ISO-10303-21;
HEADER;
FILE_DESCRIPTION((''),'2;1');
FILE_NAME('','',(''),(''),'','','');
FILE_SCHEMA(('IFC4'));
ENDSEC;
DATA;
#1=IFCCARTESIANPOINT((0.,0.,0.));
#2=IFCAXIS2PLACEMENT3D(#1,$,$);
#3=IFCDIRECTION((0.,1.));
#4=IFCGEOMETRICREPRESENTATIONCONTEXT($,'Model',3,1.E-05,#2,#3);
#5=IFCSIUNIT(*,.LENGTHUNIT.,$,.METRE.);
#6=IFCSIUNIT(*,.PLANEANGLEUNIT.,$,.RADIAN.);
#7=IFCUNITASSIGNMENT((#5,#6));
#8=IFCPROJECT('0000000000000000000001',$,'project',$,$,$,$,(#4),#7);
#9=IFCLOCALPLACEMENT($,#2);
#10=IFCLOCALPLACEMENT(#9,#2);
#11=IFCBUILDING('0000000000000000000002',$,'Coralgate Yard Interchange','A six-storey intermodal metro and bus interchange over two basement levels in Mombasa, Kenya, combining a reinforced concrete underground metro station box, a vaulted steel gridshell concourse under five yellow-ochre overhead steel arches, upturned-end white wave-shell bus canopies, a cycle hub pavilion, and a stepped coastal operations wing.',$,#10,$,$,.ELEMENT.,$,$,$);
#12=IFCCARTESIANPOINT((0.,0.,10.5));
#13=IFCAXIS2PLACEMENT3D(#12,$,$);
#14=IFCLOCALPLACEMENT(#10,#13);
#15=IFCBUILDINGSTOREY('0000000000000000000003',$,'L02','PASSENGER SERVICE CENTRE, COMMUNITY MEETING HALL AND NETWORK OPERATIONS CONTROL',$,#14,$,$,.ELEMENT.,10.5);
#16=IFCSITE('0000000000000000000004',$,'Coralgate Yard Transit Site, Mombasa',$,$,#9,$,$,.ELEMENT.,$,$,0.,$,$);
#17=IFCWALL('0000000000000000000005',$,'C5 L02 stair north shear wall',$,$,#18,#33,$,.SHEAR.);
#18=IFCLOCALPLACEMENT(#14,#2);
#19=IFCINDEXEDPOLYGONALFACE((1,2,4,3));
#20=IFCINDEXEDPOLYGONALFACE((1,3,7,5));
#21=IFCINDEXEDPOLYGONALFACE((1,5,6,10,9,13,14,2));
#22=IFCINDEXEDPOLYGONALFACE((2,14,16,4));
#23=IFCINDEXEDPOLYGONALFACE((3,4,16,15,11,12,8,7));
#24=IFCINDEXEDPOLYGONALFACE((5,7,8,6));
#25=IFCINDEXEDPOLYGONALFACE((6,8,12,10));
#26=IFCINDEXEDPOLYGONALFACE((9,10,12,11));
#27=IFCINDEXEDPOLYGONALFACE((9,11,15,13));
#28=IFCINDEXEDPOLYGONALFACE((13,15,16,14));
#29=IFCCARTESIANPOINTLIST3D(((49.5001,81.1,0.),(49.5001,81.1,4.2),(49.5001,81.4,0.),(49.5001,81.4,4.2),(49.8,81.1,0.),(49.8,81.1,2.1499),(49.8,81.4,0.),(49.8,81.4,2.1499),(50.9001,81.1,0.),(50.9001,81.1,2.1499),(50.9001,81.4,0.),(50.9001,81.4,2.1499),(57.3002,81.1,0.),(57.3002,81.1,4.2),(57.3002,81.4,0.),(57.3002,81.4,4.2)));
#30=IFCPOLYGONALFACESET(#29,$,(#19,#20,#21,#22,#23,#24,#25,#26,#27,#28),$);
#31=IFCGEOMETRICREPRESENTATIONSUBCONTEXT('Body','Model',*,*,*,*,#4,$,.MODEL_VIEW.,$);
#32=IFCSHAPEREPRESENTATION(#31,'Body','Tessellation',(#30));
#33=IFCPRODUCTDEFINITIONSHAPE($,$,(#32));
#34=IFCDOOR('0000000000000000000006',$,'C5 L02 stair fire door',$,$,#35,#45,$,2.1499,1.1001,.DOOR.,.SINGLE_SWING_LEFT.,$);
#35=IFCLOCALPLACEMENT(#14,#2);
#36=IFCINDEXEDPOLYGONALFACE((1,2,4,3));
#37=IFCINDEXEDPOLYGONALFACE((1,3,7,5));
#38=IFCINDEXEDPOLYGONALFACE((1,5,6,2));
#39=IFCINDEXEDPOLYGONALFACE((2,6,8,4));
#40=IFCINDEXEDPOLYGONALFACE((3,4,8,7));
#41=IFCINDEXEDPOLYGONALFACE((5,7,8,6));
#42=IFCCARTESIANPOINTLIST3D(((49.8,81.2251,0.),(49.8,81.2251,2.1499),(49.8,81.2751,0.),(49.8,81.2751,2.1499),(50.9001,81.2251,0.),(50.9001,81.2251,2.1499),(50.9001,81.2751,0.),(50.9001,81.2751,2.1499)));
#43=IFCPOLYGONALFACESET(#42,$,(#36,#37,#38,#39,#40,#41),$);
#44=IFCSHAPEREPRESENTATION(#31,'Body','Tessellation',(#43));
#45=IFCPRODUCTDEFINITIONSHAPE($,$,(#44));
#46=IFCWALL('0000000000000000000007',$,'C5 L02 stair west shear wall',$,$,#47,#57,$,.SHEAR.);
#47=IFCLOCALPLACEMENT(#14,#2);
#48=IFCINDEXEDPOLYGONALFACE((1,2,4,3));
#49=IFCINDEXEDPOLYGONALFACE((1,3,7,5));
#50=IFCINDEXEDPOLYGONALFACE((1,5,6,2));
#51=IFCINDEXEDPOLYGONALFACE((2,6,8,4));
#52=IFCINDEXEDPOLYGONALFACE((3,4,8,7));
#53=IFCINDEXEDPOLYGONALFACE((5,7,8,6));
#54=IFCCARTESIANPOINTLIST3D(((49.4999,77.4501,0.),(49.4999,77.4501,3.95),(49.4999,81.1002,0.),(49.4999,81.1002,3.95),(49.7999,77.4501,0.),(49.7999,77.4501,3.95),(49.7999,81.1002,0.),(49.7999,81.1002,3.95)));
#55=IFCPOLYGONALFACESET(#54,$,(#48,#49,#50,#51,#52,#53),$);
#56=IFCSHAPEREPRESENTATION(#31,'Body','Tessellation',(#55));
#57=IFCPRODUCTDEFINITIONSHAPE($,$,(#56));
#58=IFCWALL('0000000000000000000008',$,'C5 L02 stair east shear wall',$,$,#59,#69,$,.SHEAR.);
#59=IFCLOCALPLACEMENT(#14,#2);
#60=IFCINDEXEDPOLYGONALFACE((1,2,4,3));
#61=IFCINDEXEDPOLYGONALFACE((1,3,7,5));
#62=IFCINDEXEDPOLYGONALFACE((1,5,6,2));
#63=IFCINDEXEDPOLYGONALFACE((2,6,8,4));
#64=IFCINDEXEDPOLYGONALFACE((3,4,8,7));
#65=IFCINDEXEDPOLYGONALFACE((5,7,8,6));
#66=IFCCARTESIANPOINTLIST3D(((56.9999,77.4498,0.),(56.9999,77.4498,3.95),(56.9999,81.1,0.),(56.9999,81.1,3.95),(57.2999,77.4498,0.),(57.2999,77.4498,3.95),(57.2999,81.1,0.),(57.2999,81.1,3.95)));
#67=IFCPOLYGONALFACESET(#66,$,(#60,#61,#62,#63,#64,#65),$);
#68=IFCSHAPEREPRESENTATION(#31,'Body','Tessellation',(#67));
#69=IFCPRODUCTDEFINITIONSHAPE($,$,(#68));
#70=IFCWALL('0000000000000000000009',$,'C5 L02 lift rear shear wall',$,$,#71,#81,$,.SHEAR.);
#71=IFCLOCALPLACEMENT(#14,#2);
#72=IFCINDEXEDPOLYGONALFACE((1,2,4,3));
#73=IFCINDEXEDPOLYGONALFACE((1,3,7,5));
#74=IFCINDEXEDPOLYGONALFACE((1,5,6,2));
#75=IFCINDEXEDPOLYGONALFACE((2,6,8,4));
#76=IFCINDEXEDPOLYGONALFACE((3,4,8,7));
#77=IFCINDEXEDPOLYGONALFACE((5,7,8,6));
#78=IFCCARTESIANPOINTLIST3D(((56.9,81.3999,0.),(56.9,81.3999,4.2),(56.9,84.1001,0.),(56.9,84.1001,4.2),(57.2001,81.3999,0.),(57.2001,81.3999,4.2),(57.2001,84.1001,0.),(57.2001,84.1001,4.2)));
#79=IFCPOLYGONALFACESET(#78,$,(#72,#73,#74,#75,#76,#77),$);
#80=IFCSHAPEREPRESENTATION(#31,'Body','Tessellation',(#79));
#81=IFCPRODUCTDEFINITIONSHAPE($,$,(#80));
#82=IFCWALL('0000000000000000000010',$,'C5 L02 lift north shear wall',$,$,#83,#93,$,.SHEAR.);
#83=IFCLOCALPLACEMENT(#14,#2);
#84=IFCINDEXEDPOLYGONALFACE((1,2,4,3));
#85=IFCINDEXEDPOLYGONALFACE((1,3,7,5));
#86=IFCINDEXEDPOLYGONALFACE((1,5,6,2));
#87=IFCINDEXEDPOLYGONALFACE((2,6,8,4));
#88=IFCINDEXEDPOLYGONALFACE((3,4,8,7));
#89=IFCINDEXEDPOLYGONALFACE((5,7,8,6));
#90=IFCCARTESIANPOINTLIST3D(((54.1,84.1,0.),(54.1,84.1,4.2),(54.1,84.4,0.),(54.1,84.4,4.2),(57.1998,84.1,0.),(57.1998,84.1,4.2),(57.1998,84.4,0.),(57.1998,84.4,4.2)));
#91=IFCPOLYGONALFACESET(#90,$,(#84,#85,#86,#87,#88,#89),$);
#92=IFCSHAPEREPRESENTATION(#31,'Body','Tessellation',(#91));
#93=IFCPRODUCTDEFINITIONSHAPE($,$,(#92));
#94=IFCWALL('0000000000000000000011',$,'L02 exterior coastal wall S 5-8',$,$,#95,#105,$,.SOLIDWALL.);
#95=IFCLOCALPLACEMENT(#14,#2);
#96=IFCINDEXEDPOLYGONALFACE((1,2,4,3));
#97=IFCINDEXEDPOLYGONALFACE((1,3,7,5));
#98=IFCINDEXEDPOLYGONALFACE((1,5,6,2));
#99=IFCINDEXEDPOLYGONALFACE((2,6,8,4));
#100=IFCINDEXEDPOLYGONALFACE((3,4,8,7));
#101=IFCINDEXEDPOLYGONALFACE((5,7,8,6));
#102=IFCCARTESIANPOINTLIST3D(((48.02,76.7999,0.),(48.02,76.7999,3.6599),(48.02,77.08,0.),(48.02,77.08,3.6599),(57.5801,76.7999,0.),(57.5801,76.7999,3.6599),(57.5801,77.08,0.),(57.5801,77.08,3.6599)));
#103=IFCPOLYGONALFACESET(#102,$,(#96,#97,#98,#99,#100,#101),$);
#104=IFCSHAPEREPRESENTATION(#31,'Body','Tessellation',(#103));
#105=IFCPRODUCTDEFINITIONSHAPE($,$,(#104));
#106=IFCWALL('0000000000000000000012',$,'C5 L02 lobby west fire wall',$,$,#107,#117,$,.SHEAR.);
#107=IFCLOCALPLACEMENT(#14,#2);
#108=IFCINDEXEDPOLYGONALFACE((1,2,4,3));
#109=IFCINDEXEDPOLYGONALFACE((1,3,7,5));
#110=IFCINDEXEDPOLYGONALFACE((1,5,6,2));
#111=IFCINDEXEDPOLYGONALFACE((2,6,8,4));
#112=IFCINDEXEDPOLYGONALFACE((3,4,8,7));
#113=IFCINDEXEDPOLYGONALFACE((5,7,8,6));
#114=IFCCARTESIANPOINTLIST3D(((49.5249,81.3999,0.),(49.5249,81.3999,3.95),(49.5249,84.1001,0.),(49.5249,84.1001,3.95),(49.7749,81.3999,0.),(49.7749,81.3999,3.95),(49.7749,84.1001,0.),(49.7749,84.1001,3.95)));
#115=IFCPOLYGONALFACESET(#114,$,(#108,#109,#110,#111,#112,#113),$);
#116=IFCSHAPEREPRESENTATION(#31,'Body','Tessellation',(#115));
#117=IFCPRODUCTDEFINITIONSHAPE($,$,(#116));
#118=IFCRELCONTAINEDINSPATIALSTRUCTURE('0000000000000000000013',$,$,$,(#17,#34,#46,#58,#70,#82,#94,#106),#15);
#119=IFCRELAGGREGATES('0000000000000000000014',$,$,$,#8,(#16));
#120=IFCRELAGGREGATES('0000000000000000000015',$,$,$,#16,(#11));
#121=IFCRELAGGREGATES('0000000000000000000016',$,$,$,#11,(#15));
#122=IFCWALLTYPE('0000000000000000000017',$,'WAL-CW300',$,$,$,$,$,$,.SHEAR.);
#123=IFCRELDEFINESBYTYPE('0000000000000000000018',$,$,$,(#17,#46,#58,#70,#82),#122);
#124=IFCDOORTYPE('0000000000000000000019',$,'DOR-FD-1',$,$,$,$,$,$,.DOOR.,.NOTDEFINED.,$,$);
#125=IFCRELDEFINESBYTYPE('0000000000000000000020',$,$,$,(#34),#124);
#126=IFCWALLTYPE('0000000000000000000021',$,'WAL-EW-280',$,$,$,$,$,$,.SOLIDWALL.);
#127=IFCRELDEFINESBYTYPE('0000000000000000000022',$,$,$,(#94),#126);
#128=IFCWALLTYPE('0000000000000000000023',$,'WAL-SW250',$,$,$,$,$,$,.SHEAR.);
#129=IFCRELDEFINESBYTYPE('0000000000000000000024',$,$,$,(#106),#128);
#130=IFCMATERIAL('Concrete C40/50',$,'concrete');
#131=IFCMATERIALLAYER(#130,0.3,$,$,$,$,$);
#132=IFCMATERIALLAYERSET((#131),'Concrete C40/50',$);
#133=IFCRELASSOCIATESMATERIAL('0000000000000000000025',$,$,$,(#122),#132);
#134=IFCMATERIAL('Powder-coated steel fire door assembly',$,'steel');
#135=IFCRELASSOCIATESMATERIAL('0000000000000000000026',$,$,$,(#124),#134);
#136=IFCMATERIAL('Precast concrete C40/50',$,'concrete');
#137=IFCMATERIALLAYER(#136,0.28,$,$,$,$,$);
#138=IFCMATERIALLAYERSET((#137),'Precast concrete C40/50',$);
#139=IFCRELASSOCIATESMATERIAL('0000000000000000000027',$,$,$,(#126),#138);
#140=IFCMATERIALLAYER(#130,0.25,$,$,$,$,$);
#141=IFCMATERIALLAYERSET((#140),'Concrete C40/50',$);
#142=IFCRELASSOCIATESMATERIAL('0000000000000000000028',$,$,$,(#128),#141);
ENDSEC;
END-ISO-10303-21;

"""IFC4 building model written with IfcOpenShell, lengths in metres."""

from ifc_helpers import new_model, si_unit, direction, frame, frame_2d, origin, place, context, subcontext, project, spatial, rectangle, extrude, material, layer, layer_set, type_object, element, fill, save


model = new_model("IFC4")

# Units and contexts
model_context = context("Model", 3, precision=1e-05, world=origin(), true_north=direction((0.0, 1.0)))
body_context = subcontext(model_context, "Body", "Model", "MODEL_VIEW")
ifc_project = project(units=[si_unit("LENGTHUNIT", "METRE"), si_unit("PLANEANGLEUNIT", "RADIAN")], contexts=[model_context])

# Site, building, storey
site_placement = place(None, origin())
site = spatial("IfcSite", under=ifc_project, at=site_placement, Name="Coralgate Yard Transit Site, Mombasa", CompositionType="ELEMENT", RefElevation=0.0)
building_placement = place(site_placement, origin())
building = spatial("IfcBuilding", under=site, at=building_placement, Name="Coralgate Yard Interchange", Description="A six-storey intermodal metro and bus interchange over two basement levels in Mombasa, Kenya, combining a reinforced concrete underground metro station box, a vaulted steel gridshell concourse under five yellow-ochre overhead steel arches, upturned-end white wave-shell bus canopies, a cycle hub pavilion, and a stepped coastal operations wing.", CompositionType="ELEMENT")
storey_placement = place(building_placement, frame((0.0, 0.0, 10.5)))
storey = spatial("IfcBuildingStorey", under=building, at=storey_placement, Name="L02", Description="PASSENGER SERVICE CENTRE, COMMUNITY MEETING HALL AND NETWORK OPERATIONS CONTROL", CompositionType="ELEMENT", Elevation=10.5)

# Shared definitions
ifc_material_1 = material(Name="Concrete C40/50", Category="concrete")
ifc_layer_1 = layer(ifc_material_1, 0.3)
ifc_layer_set_1 = layer_set([ifc_layer_1], Name="Concrete C40/50")
wall_type_1 = type_object("IfcWallType", Name="WAL-CW300", PredefinedType="SHEAR", material=ifc_layer_set_1)

# Wall, opening, door
wall_1_placement = place(storey_placement, frame((57.3, 81.25, 0.0), z_axis=(0.0, 0.0, 1.0), x_axis=(-1.0, 0.0, 0.0)))
wall_1 = element("IfcWall", 1, at=wall_1_placement, inside=storey, type_object=wall_type_1, Name="C5 L02 stair north shear wall", PredefinedType="SHEAR", context=body_context, shape_type="SweptSolid", body=[
    extrude(rectangle(XDim=7.8, YDim=0.3, at=frame_2d((3.8999, 0.0))), origin(), (0.0, 0.0, 1.0), 4.2),
])
opening_1_placement = place(wall_1_placement, frame((6.3999, 0.0, 0.0)))
opening_1 = element("IfcOpeningElement", 2, at=opening_1_placement, cuts=wall_1, PredefinedType="OPENING", context=body_context, shape_type="SweptSolid", body=[
    extrude(rectangle(XDim=1.1001, YDim=2.1499, at=frame_2d((0.55, 1.075))), frame((0.0, 0.1599, 0.0), z_axis=(0.0, -1.0, 0.0), x_axis=(1.0, 0.0, 0.0)), (0.0, 0.0, 1.0), 0.3201),
])
ifc_material_2 = material(Name="Powder-coated steel fire door assembly", Category="steel")
door_type_1 = type_object("IfcDoorType", Name="DOR-FD-1", OperationType="NOTDEFINED", PredefinedType="DOOR", material=ifc_material_2)
door_1_placement = place(opening_1_placement, origin())
door_1 = element("IfcDoor", 3, at=door_1_placement, inside=storey, type_object=door_type_1, Name="C5 L02 stair fire door", OperationType="SINGLE_SWING_LEFT", OverallHeight=2.1499, OverallWidth=1.1001, PredefinedType="DOOR", context=body_context, shape_type="SweptSolid", body=[
    extrude(rectangle(XDim=1.1001, YDim=2.1499, at=frame_2d((0.55, 1.075))), frame((0.0, 0.0249, 0.0), z_axis=(0.0, -1.0, 0.0), x_axis=(1.0, 0.0, 0.0)), (0.0, 0.0, 1.0), 0.05),
])
fill(opening_1, door_1)

# Walls
for number, where, z_axis, x_axis, name in (
    (4, (49.6499, 77.45, 0.0), (0.0, 0.0, 1.0), (0.0, 1.0, 0.0), "C5 L02 stair west shear wall"),
    (5, (57.1499, 81.1001, 0.0), (0.0, 0.0, 1.0), (0.0, -1.0, 0.0), "C5 L02 stair east shear wall"),
):
    element("IfcWall", number, at=place(storey_placement, frame(where, z_axis=z_axis, x_axis=x_axis)), inside=storey, type_object=wall_type_1, Name=name, PredefinedType="SHEAR", context=body_context, shape_type="SweptSolid", body=[
        extrude(rectangle(XDim=3.6501, YDim=0.3, at=frame_2d((1.8252, 0.0))), origin(), (0.0, 0.0, 1.0), 3.95),
    ])

# Walls
wall_2_placement = place(storey_placement, frame((57.05, 81.3999, 0.0), z_axis=(0.0, 0.0, 1.0), x_axis=(0.0, 1.0, 0.0)))
element("IfcWall", 6, at=wall_2_placement, inside=storey, type_object=wall_type_1, Name="C5 L02 lift rear shear wall", PredefinedType="SHEAR", context=body_context, shape_type="SweptSolid", body=[
    extrude(rectangle(XDim=2.7002, YDim=0.3, at=frame_2d((1.3501, 0.0))), origin(), (0.0, 0.0, 1.0), 4.2),
])
wall_3_placement = place(storey_placement, frame((54.1001, 84.25, 0.0), z_axis=(0.0, 0.0, 1.0), x_axis=(1.0, 0.0, 0.0)))
element("IfcWall", 7, at=wall_3_placement, inside=storey, type_object=wall_type_1, Name="C5 L02 lift north shear wall", PredefinedType="SHEAR", context=body_context, shape_type="SweptSolid", body=[
    extrude(rectangle(XDim=3.0999, YDim=0.3, at=frame_2d((1.5498, 0.0))), origin(), (0.0, 0.0, 1.0), 4.2),
])
ifc_material_3 = material(Name="Precast concrete C40/50", Category="concrete")
ifc_layer_2 = layer(ifc_material_3, 0.28)
ifc_layer_set_2 = layer_set([ifc_layer_2], Name="Precast concrete C40/50")
wall_type_2 = type_object("IfcWallType", Name="WAL-EW-280", PredefinedType="SOLIDWALL", material=ifc_layer_set_2)
wall_4_placement = place(storey_placement, frame((57.5801, 76.9399, 0.0), z_axis=(0.0, 0.0, 1.0), x_axis=(-1.0, 0.0, 0.0)))
element("IfcWall", 8, at=wall_4_placement, inside=storey, type_object=wall_type_2, Name="L02 exterior coastal wall S 5-8", PredefinedType="SOLIDWALL", context=body_context, shape_type="SweptSolid", body=[
    extrude(rectangle(XDim=9.5601, YDim=0.28, at=frame_2d((4.78, 0.0))), origin(), (0.0, 0.0, 1.0), 3.6599),
])

# Shared definitions
ifc_layer_3 = layer(ifc_material_1, 0.25)
ifc_layer_set_3 = layer_set([ifc_layer_3], Name="Concrete C40/50")
wall_type_3 = type_object("IfcWallType", Name="WAL-SW250", PredefinedType="SHEAR", material=ifc_layer_set_3)

# Wall
wall_5_placement = place(storey_placement, frame((49.6499, 81.3999, 0.0), z_axis=(0.0, 0.0, 1.0), x_axis=(0.0, 1.0, 0.0)))
element("IfcWall", 9, at=wall_5_placement, inside=storey, type_object=wall_type_3, Name="C5 L02 lobby west fire wall", PredefinedType="SHEAR", context=body_context, shape_type="SweptSolid", body=[
    extrude(rectangle(XDim=2.7002, YDim=0.25, at=frame_2d((1.3501, 0.0))), origin(), (0.0, 0.0, 1.0), 3.95),
])

save(model, "model.ifc")
